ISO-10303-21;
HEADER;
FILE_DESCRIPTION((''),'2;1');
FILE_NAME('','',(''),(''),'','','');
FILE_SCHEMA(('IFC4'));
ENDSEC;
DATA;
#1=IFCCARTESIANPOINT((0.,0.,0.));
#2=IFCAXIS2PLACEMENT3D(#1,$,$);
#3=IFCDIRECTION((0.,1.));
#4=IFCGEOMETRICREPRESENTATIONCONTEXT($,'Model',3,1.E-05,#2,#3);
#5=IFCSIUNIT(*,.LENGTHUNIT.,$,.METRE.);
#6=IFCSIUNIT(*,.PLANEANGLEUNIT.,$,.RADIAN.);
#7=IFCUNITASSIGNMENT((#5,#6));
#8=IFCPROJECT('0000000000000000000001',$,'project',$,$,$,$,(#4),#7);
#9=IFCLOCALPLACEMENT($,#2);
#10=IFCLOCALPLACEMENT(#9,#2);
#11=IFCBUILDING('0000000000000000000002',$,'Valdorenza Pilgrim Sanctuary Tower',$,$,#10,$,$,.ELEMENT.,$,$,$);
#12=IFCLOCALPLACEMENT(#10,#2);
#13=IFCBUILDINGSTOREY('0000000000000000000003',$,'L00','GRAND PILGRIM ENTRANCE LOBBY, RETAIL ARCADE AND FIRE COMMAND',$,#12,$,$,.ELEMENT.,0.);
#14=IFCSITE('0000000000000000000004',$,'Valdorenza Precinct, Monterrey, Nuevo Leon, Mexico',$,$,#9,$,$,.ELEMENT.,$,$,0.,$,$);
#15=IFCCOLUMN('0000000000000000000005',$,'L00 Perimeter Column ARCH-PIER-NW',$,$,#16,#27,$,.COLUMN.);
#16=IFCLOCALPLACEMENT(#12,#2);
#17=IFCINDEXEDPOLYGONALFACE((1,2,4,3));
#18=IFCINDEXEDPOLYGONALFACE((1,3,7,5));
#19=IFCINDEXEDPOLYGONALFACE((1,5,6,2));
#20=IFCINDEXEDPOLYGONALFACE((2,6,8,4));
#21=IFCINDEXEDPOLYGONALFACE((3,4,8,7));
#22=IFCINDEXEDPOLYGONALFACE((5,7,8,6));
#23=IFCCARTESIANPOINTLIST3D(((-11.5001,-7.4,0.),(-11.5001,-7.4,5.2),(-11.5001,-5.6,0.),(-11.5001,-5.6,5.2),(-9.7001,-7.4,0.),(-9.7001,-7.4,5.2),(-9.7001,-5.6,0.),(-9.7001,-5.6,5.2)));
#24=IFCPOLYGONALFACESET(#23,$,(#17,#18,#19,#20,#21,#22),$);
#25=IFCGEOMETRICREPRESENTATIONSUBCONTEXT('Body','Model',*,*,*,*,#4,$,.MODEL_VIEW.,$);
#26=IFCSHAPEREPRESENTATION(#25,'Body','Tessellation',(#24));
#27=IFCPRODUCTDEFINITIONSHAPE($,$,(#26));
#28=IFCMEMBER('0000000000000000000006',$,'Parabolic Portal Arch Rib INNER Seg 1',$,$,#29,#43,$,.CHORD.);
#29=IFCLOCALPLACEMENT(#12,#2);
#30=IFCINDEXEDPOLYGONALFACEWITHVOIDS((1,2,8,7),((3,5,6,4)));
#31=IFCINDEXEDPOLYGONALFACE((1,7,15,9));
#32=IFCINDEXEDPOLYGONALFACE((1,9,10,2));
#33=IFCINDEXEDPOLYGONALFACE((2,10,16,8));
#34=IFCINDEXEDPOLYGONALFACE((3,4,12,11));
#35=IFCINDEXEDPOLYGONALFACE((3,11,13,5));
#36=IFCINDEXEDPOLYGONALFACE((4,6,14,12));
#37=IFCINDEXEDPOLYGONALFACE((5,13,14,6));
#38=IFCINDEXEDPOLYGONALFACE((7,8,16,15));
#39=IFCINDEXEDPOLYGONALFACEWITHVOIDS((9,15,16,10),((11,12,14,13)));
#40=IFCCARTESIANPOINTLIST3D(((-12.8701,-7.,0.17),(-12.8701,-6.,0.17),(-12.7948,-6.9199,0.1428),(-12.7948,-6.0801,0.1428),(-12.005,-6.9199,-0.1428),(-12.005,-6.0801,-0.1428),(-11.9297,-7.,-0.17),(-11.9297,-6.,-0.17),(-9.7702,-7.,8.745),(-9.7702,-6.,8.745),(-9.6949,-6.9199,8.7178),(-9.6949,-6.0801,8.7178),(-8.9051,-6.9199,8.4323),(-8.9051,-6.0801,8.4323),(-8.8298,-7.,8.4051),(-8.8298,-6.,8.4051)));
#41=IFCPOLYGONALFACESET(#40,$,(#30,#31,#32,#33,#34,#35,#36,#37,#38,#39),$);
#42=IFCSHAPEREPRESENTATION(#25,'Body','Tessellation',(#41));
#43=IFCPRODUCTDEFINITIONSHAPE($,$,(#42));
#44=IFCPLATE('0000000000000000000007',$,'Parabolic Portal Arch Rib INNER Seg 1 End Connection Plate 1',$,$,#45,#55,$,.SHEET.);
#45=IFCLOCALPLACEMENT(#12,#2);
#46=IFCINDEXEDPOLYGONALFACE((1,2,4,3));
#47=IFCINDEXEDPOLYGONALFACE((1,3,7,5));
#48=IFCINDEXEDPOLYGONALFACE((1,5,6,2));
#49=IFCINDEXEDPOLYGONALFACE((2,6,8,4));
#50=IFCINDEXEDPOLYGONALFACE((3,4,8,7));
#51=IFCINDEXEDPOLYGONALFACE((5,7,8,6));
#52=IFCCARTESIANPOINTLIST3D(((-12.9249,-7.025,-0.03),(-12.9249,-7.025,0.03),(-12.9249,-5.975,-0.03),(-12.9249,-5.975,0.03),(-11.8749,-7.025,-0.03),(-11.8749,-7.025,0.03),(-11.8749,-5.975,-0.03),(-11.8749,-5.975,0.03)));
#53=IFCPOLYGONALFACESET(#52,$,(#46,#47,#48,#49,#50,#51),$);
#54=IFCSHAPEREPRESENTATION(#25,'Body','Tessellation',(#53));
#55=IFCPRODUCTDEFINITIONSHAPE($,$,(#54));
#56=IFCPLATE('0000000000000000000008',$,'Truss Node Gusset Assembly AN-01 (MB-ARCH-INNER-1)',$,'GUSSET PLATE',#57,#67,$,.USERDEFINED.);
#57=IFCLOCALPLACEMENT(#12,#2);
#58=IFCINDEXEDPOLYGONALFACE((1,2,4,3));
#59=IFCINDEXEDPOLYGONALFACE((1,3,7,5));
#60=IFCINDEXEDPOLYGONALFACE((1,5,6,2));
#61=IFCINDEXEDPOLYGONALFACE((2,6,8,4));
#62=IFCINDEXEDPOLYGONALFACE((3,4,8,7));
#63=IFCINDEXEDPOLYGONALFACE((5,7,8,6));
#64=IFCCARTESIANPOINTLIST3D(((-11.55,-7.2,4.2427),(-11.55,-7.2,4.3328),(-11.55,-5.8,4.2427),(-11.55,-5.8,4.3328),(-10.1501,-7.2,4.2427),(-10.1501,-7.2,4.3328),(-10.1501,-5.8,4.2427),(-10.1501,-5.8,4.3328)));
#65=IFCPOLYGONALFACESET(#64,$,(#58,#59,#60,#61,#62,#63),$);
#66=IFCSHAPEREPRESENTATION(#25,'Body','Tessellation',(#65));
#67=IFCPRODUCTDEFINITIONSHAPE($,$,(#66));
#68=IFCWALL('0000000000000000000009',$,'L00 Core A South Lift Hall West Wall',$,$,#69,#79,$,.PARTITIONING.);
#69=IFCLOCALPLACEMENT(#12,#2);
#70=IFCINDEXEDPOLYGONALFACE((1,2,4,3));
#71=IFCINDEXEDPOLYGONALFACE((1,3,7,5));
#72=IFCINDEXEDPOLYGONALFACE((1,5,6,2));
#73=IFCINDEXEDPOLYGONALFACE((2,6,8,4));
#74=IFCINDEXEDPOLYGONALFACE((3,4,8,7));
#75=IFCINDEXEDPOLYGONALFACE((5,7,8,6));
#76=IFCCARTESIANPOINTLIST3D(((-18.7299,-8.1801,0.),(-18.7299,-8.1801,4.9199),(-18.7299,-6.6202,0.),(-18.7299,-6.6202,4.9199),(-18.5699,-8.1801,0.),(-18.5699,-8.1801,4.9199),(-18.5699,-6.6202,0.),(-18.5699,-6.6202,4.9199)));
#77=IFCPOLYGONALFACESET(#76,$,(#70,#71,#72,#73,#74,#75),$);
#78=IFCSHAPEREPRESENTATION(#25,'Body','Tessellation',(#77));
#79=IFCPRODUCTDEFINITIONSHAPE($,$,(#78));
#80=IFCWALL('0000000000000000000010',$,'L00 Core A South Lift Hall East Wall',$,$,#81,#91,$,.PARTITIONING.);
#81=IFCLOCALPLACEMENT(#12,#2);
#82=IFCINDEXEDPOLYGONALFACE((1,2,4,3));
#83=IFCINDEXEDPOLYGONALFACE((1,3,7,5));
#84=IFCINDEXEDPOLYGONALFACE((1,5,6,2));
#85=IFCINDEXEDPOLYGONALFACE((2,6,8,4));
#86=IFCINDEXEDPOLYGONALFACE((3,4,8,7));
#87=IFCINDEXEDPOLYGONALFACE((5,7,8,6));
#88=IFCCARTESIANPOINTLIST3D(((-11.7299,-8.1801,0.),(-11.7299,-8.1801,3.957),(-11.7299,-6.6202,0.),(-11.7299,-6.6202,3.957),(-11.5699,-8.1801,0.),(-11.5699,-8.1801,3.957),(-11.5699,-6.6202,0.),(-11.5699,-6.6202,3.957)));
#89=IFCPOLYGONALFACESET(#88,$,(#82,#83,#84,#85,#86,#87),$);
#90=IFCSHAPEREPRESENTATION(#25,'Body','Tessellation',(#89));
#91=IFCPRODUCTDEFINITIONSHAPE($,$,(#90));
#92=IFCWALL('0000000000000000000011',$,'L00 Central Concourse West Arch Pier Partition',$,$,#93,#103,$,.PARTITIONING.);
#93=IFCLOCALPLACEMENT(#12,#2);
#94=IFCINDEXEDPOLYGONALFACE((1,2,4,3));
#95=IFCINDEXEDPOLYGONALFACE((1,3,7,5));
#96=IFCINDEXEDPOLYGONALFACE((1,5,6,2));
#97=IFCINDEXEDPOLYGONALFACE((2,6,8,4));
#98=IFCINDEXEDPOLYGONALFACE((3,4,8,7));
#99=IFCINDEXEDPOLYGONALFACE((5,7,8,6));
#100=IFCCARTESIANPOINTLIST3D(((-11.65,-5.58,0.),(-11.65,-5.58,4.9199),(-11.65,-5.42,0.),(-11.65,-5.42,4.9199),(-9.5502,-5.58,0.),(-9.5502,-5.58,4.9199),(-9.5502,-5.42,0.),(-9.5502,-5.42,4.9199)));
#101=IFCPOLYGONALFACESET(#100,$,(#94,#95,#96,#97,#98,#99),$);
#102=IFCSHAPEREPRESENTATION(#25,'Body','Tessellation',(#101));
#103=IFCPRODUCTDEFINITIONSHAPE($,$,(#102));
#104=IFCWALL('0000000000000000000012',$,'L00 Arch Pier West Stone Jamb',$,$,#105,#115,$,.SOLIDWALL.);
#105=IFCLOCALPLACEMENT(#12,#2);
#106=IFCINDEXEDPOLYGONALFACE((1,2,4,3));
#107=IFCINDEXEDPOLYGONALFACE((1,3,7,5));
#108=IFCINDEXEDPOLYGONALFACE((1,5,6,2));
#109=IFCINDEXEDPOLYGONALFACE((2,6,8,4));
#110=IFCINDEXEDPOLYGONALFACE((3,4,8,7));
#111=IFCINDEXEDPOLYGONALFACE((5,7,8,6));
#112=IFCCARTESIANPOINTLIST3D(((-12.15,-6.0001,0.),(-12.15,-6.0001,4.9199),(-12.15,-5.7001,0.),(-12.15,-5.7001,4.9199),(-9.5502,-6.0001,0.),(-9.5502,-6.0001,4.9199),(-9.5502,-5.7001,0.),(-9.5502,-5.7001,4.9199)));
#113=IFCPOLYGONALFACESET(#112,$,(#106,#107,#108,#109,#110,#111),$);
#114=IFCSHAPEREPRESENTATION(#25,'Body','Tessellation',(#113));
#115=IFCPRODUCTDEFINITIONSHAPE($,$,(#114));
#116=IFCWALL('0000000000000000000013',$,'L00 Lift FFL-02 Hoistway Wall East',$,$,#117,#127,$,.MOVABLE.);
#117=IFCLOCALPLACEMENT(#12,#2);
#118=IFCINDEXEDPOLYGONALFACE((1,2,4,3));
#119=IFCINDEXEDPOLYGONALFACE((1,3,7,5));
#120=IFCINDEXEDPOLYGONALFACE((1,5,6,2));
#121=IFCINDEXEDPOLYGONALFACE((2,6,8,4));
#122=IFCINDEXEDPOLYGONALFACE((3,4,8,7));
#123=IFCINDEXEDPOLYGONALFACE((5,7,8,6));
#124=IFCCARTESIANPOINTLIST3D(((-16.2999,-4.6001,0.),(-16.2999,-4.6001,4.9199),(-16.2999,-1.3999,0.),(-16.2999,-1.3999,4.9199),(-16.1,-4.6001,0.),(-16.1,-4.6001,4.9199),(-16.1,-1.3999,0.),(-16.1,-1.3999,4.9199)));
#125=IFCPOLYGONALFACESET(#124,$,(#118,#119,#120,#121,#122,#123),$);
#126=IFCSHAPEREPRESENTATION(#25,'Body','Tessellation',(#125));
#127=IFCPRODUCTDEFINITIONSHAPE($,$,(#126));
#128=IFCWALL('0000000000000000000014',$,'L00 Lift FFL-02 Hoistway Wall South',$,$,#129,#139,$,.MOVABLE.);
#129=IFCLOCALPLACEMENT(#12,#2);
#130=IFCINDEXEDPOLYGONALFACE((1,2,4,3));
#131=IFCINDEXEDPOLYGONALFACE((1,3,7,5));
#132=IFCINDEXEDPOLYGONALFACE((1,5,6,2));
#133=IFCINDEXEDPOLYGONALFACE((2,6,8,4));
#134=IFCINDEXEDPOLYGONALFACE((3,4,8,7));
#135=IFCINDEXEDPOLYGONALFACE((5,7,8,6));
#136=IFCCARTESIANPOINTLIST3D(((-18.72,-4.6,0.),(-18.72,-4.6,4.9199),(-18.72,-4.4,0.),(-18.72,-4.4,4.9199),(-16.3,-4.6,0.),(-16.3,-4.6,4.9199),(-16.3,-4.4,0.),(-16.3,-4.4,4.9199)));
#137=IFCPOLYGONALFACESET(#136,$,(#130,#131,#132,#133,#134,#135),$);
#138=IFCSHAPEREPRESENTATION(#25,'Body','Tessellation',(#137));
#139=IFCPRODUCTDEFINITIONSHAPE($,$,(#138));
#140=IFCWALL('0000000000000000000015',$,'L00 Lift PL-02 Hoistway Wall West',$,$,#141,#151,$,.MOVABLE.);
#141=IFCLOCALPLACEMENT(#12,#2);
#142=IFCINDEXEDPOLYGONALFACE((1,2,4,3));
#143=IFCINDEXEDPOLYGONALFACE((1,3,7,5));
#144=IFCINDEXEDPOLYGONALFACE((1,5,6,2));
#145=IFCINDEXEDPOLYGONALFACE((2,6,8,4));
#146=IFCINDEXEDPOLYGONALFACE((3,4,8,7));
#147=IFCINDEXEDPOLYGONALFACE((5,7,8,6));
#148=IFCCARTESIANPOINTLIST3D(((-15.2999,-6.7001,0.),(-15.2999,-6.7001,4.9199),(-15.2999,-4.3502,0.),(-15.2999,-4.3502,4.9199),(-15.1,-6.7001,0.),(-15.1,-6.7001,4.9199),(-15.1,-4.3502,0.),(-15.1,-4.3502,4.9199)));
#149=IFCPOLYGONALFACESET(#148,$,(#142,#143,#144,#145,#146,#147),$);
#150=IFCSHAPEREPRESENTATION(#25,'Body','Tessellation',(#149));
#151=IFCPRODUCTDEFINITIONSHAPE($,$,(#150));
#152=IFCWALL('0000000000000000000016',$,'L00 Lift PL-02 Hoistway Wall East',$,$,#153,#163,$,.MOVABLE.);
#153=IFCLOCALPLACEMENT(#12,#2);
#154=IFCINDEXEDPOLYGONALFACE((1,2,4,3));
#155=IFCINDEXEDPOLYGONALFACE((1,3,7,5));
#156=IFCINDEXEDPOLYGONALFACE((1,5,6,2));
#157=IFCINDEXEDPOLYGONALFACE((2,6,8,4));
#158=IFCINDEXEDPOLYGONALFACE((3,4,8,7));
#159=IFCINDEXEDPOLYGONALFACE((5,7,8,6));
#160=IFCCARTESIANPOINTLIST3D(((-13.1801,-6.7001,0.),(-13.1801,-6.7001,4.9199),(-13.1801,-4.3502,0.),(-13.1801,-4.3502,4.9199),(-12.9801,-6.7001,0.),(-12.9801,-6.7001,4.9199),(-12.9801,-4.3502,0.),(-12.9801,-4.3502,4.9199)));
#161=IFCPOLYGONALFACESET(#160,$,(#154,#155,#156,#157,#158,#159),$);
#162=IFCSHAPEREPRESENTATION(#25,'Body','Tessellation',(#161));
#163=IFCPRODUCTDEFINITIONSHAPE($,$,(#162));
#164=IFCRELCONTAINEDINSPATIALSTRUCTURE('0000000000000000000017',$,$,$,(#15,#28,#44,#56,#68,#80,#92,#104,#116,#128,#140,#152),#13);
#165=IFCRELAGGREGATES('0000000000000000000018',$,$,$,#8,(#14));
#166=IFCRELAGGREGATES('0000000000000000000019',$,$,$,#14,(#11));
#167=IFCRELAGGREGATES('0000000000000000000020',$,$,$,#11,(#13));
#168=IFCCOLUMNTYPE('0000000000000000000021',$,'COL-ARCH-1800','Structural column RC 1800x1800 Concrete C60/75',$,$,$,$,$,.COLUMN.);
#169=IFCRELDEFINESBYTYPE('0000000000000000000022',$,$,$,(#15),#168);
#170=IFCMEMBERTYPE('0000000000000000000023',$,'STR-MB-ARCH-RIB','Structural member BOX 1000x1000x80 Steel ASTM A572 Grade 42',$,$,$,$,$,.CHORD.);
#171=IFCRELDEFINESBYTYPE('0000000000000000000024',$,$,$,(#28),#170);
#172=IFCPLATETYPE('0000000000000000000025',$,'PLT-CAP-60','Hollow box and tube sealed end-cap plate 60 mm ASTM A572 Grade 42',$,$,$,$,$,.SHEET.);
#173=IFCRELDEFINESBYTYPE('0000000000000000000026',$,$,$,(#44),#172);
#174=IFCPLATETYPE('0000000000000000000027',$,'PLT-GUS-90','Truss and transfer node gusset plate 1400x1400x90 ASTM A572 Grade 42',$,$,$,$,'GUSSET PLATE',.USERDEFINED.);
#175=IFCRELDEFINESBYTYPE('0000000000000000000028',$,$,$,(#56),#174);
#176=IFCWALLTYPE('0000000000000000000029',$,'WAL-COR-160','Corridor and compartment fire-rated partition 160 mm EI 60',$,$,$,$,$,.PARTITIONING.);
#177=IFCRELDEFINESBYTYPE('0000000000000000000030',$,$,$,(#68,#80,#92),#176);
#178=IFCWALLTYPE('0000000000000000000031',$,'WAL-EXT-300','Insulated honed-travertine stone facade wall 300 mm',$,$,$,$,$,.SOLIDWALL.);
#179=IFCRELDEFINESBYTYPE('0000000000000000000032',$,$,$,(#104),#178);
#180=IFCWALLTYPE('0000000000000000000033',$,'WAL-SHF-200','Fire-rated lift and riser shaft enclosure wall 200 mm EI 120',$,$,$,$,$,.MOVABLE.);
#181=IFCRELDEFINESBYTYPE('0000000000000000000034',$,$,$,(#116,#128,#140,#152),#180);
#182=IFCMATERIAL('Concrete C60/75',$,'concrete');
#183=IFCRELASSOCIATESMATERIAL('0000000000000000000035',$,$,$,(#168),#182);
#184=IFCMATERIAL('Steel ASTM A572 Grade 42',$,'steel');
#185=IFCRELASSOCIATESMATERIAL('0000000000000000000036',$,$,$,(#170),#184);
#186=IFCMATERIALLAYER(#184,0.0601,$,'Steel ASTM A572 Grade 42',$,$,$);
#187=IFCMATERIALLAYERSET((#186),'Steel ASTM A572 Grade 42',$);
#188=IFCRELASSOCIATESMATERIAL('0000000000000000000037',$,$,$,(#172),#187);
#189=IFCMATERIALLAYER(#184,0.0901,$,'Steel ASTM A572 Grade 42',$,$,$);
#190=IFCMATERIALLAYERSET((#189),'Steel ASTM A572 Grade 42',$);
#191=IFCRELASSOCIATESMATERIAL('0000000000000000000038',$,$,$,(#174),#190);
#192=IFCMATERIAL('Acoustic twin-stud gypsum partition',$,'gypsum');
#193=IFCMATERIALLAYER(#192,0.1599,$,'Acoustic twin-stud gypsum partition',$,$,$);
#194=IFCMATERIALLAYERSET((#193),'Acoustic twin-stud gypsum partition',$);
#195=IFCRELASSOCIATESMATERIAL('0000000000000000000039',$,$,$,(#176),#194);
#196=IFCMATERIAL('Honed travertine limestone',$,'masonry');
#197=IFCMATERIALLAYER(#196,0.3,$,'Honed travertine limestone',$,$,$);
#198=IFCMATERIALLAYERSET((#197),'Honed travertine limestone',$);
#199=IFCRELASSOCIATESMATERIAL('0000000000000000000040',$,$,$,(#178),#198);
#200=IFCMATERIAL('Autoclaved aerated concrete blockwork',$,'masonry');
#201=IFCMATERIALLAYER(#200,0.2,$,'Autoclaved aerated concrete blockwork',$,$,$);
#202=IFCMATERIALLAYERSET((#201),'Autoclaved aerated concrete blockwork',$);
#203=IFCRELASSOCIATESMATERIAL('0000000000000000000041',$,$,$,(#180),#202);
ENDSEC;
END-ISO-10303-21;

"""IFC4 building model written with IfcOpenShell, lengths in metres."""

from ifc_helpers import new_model, si_unit, direction, frame, frame_2d, origin, origin_2d, place, context, subcontext, project, spatial, rectangle, hollow_rectangle, extrude, source, transform, mapped, material, layer, layer_set, material_profile, profile_set, type_object, element, save


model = new_model("IFC4")

# Units and contexts
model_context = context("Model", 3, precision=1e-05, world=origin(), true_north=direction((0.0, 1.0)))
body_context = subcontext(model_context, "Body", "Model", "MODEL_VIEW")
ifc_project = project(units=[si_unit("LENGTHUNIT", "METRE"), si_unit("PLANEANGLEUNIT", "RADIAN")], contexts=[model_context])

# Site, building, storey
site_placement = place(None, origin())
site = spatial("IfcSite", under=ifc_project, at=site_placement, Name="Valdorenza Precinct, Monterrey, Nuevo Leon, Mexico", CompositionType="ELEMENT", RefElevation=0.0)
building_placement = place(site_placement, origin())
building = spatial("IfcBuilding", under=site, at=building_placement, Name="Valdorenza Pilgrim Sanctuary Tower", CompositionType="ELEMENT")
storey_placement = place(building_placement, origin())
storey = spatial("IfcBuildingStorey", under=building, at=storey_placement, Name="L00", Description="GRAND PILGRIM ENTRANCE LOBBY, RETAIL ARCADE AND FIRE COMMAND", CompositionType="ELEMENT", Elevation=0.0)

# Column
ifc_material_1 = material(Name="Concrete C60/75", Category="concrete")
ifc_material_profile_1 = material_profile(ifc_material_1, rectangle(XDim=1.8, YDim=1.8, at=origin_2d()), Name="RC 1800x1800")
ifc_profile_set_1 = profile_set([ifc_material_profile_1], Name="Concrete C60/75")
column_type = type_object("IfcColumnType", Name="COL-ARCH-1800", Description="Structural column RC 1800x1800 Concrete C60/75", PredefinedType="COLUMN", material=ifc_profile_set_1)
shared_shape_1 = source(origin(), body_context, "Body", "SweptSolid", [
    extrude(rectangle(XDim=1.8, YDim=1.8, at=origin_2d()), origin(), (0.0, 0.0, 1.0), 5.2),
])
column_placement = place(storey_placement, frame((-10.6001, -6.5, 0.0), z_axis=(0.0, 0.0, 1.0), x_axis=(1.0, 0.0, 0.0)))
element("IfcColumn", 1, at=column_placement, inside=storey, type_object=column_type, Name="L00 Perimeter Column ARCH-PIER-NW", PredefinedType="COLUMN", context=body_context, shape_type="MappedRepresentation", body=[
    mapped(shared_shape_1, transform((0.0, 0.0, 0.0), x_axis=(1.0, 0.0, 0.0), y_axis=(0.0, 1.0, 0.0), z_axis=(0.0, 0.0, 1.0), scale=1.0)),
])

# Member
ifc_material_2 = material(Name="Steel ASTM A572 Grade 42", Category="steel")
ifc_material_profile_2 = material_profile(ifc_material_2, hollow_rectangle(XDim=1.0, YDim=1.0, WallThickness=0.0801, at=origin_2d()), Name="BOX 1000x1000x80")
ifc_profile_set_2 = profile_set([ifc_material_profile_2], Name="Steel ASTM A572 Grade 42")
member_type = type_object("IfcMemberType", Name="STR-MB-ARCH-RIB", Description="Structural member BOX 1000x1000x80 Steel ASTM A572 Grade 42", PredefinedType="CHORD", material=ifc_profile_set_2)
shared_shape_2 = source(origin(), body_context, "Body", "SweptSolid", [
    extrude(hollow_rectangle(XDim=1.0, YDim=1.0, WallThickness=0.0801, at=origin_2d()), origin(), (0.0, 0.0, 1.0), 9.1182),
])
member_placement = place(storey_placement, frame((-12.3999, -6.5, 0.0), z_axis=(0.339969, 0.0, 0.940437), x_axis=(0.0, 1.0, 0.0)))
element("IfcMember", 2, at=member_placement, inside=storey, type_object=member_type, Name="Parabolic Portal Arch Rib INNER Seg 1", PredefinedType="CHORD", context=body_context, shape_type="MappedRepresentation", body=[
    mapped(shared_shape_2, transform((0.0, 0.0, 0.0), x_axis=(1.0, 0.0, 0.0), y_axis=(0.0, 1.0, 0.0), z_axis=(0.0, 0.0, 1.0), scale=1.0)),
])

# Plates
ifc_layer_1 = layer(ifc_material_2, 0.0601, Name="Steel ASTM A572 Grade 42")
ifc_layer_set_1 = layer_set([ifc_layer_1], Name="Steel ASTM A572 Grade 42")
plate_type_1 = type_object("IfcPlateType", Name="PLT-CAP-60", Description="Hollow box and tube sealed end-cap plate 60 mm ASTM A572 Grade 42", PredefinedType="SHEET", material=ifc_layer_set_1)
shared_shape_3 = source(origin(), body_context, "Body", "SweptSolid", [
    extrude(rectangle(XDim=1.05, YDim=1.05, at=origin_2d()), origin(), (0.0, 0.0, 1.0), 0.0601),
])
plate_1_placement = place(storey_placement, frame((-12.3999, -6.5, -0.03), z_axis=(0.0, 0.0, 1.0), x_axis=(1.0, 0.0, 0.0)))
element("IfcPlate", 3, at=plate_1_placement, inside=storey, type_object=plate_type_1, Name="Parabolic Portal Arch Rib INNER Seg 1 End Connection Plate 1", PredefinedType="SHEET", context=body_context, shape_type="MappedRepresentation", body=[
    mapped(shared_shape_3, transform((0.0, 0.0, 0.0), x_axis=(1.0, 0.0, 0.0), y_axis=(0.0, 1.0, 0.0), z_axis=(0.0, 0.0, 1.0), scale=1.0)),
])
ifc_layer_2 = layer(ifc_material_2, 0.0901, Name="Steel ASTM A572 Grade 42")
ifc_layer_set_2 = layer_set([ifc_layer_2], Name="Steel ASTM A572 Grade 42")
plate_type_2 = type_object("IfcPlateType", Name="PLT-GUS-90", Description="Truss and transfer node gusset plate 1400x1400x90 ASTM A572 Grade 42", ElementType="GUSSET PLATE", PredefinedType="USERDEFINED", material=ifc_layer_set_2)
shared_shape_4 = source(origin(), body_context, "Body", "SweptSolid", [
    extrude(rectangle(XDim=1.3999, YDim=1.3999, at=origin_2d()), origin(), (0.0, 0.0, 1.0), 0.0901),
])
plate_2_placement = place(storey_placement, frame((-10.8501, -6.5, 4.2427), z_axis=(0.0, 0.0, 1.0), x_axis=(1.0, 0.0, 0.0)))
element("IfcPlate", 4, at=plate_2_placement, inside=storey, type_object=plate_type_2, Name="Truss Node Gusset Assembly AN-01 (MB-ARCH-INNER-1)", ObjectType="GUSSET PLATE", PredefinedType="USERDEFINED", context=body_context, shape_type="MappedRepresentation", body=[
    mapped(shared_shape_4, transform((0.0, 0.0, 0.0), x_axis=(1.0, 0.0, 0.0), y_axis=(0.0, 1.0, 0.0), z_axis=(0.0, 0.0, 1.0), scale=1.0)),
])

# Walls
ifc_material_3 = material(Name="Acoustic twin-stud gypsum partition", Category="gypsum")
ifc_layer_3 = layer(ifc_material_3, 0.1599, Name="Acoustic twin-stud gypsum partition")
ifc_layer_set_3 = layer_set([ifc_layer_3], Name="Acoustic twin-stud gypsum partition")
wall_type_1 = type_object("IfcWallType", Name="WAL-COR-160", Description="Corridor and compartment fire-rated partition 160 mm EI 60", PredefinedType="PARTITIONING", material=ifc_layer_set_3)
wall_1_placement = place(storey_placement, frame((-18.6499, -8.1799, 0.0), z_axis=(0.0, 0.0, 1.0), x_axis=(0.0, 1.0, 0.0)))
element("IfcWall", 5, at=wall_1_placement, inside=storey, type_object=wall_type_1, Name="L00 Core A South Lift Hall West Wall", PredefinedType="PARTITIONING", context=body_context, shape_type="SweptSolid", body=[
    extrude(rectangle(XDim=1.5598, YDim=0.1599, at=frame_2d((0.7798, 0.0))), origin(), (0.0, 0.0, 1.0), 4.9199),
])
wall_2_placement = place(storey_placement, frame((-11.6499, -8.1799, 0.0), z_axis=(0.0, 0.0, 1.0), x_axis=(0.0, 1.0, 0.0)))
element("IfcWall", 6, at=wall_2_placement, inside=storey, type_object=wall_type_1, Name="L00 Core A South Lift Hall East Wall", PredefinedType="PARTITIONING", context=body_context, shape_type="SweptSolid", body=[
    extrude(rectangle(XDim=1.5598, YDim=0.1599, at=frame_2d((0.7798, 0.0))), origin(), (0.0, 0.0, 1.0), 3.957),
])
wall_3_placement = place(storey_placement, frame((-11.6499, -5.5, 0.0), z_axis=(0.0, 0.0, 1.0), x_axis=(1.0, 0.0, 0.0)))
element("IfcWall", 7, at=wall_3_placement, inside=storey, type_object=wall_type_1, Name="L00 Central Concourse West Arch Pier Partition", PredefinedType="PARTITIONING", context=body_context, shape_type="SweptSolid", body=[
    extrude(rectangle(XDim=2.0999, YDim=0.1599, at=frame_2d((1.0498, 0.0))), origin(), (0.0, 0.0, 1.0), 4.9199),
])
ifc_material_4 = material(Name="Honed travertine limestone", Category="masonry")
ifc_layer_4 = layer(ifc_material_4, 0.3, Name="Honed travertine limestone")
ifc_layer_set_4 = layer_set([ifc_layer_4], Name="Honed travertine limestone")
wall_type_2 = type_object("IfcWallType", Name="WAL-EXT-300", Description="Insulated honed-travertine stone facade wall 300 mm", PredefinedType="SOLIDWALL", material=ifc_layer_set_4)
wall_4_placement = place(storey_placement, frame((-12.1499, -5.8501, 0.0), z_axis=(0.0, 0.0, 1.0), x_axis=(1.0, 0.0, 0.0)))
element("IfcWall", 8, at=wall_4_placement, inside=storey, type_object=wall_type_2, Name="L00 Arch Pier West Stone Jamb", PredefinedType="SOLIDWALL", context=body_context, shape_type="SweptSolid", body=[
    extrude(rectangle(XDim=2.5999, YDim=0.3, at=frame_2d((1.2998, 0.0))), origin(), (0.0, 0.0, 1.0), 4.9199),
])
ifc_material_5 = material(Name="Autoclaved aerated concrete blockwork", Category="masonry")
ifc_layer_5 = layer(ifc_material_5, 0.2, Name="Autoclaved aerated concrete blockwork")
ifc_layer_set_5 = layer_set([ifc_layer_5], Name="Autoclaved aerated concrete blockwork")
wall_type_3 = type_object("IfcWallType", Name="WAL-SHF-200", Description="Fire-rated lift and riser shaft enclosure wall 200 mm EI 120", PredefinedType="MOVABLE", material=ifc_layer_set_5)
wall_5_placement = place(storey_placement, frame((-16.2, -4.6001, 0.0), z_axis=(0.0, 0.0, 1.0), x_axis=(0.0, 1.0, 0.0)))
element("IfcWall", 9, at=wall_5_placement, inside=storey, type_object=wall_type_3, Name="L00 Lift FFL-02 Hoistway Wall East", PredefinedType="MOVABLE", context=body_context, shape_type="SweptSolid", body=[
    extrude(rectangle(XDim=3.2002, YDim=0.2, at=frame_2d((1.6001, 0.0))), origin(), (0.0, 0.0, 1.0), 4.9199),
])
wall_6_placement = place(storey_placement, frame((-18.72, -4.5, 0.0), z_axis=(0.0, 0.0, 1.0), x_axis=(1.0, 0.0, 0.0)))
element("IfcWall", 10, at=wall_6_placement, inside=storey, type_object=wall_type_3, Name="L00 Lift FFL-02 Hoistway Wall South", PredefinedType="MOVABLE", context=body_context, shape_type="SweptSolid", body=[
    extrude(rectangle(XDim=2.4199, YDim=0.2, at=frame_2d((1.21, 0.0))), origin(), (0.0, 0.0, 1.0), 4.9199),
])
for number, where, z_axis, x_axis, name in (
    (11, (-15.2, -6.7, 0.0), (0.0, 0.0, 1.0), (0.0, 1.0, 0.0), "L00 Lift PL-02 Hoistway Wall West"),
    (12, (-13.0801, -6.7, 0.0), (0.0, 0.0, 1.0), (0.0, 1.0, 0.0), "L00 Lift PL-02 Hoistway Wall East"),
):
    element("IfcWall", number, at=place(storey_placement, frame(where, z_axis=z_axis, x_axis=x_axis)), inside=storey, type_object=wall_type_3, Name=name, PredefinedType="MOVABLE", context=body_context, shape_type="SweptSolid", body=[
        extrude(rectangle(XDim=2.3499, YDim=0.2, at=frame_2d((1.1748, 0.0))), origin(), (0.0, 0.0, 1.0), 4.9199),
    ])

save(model, "model.ifc")
